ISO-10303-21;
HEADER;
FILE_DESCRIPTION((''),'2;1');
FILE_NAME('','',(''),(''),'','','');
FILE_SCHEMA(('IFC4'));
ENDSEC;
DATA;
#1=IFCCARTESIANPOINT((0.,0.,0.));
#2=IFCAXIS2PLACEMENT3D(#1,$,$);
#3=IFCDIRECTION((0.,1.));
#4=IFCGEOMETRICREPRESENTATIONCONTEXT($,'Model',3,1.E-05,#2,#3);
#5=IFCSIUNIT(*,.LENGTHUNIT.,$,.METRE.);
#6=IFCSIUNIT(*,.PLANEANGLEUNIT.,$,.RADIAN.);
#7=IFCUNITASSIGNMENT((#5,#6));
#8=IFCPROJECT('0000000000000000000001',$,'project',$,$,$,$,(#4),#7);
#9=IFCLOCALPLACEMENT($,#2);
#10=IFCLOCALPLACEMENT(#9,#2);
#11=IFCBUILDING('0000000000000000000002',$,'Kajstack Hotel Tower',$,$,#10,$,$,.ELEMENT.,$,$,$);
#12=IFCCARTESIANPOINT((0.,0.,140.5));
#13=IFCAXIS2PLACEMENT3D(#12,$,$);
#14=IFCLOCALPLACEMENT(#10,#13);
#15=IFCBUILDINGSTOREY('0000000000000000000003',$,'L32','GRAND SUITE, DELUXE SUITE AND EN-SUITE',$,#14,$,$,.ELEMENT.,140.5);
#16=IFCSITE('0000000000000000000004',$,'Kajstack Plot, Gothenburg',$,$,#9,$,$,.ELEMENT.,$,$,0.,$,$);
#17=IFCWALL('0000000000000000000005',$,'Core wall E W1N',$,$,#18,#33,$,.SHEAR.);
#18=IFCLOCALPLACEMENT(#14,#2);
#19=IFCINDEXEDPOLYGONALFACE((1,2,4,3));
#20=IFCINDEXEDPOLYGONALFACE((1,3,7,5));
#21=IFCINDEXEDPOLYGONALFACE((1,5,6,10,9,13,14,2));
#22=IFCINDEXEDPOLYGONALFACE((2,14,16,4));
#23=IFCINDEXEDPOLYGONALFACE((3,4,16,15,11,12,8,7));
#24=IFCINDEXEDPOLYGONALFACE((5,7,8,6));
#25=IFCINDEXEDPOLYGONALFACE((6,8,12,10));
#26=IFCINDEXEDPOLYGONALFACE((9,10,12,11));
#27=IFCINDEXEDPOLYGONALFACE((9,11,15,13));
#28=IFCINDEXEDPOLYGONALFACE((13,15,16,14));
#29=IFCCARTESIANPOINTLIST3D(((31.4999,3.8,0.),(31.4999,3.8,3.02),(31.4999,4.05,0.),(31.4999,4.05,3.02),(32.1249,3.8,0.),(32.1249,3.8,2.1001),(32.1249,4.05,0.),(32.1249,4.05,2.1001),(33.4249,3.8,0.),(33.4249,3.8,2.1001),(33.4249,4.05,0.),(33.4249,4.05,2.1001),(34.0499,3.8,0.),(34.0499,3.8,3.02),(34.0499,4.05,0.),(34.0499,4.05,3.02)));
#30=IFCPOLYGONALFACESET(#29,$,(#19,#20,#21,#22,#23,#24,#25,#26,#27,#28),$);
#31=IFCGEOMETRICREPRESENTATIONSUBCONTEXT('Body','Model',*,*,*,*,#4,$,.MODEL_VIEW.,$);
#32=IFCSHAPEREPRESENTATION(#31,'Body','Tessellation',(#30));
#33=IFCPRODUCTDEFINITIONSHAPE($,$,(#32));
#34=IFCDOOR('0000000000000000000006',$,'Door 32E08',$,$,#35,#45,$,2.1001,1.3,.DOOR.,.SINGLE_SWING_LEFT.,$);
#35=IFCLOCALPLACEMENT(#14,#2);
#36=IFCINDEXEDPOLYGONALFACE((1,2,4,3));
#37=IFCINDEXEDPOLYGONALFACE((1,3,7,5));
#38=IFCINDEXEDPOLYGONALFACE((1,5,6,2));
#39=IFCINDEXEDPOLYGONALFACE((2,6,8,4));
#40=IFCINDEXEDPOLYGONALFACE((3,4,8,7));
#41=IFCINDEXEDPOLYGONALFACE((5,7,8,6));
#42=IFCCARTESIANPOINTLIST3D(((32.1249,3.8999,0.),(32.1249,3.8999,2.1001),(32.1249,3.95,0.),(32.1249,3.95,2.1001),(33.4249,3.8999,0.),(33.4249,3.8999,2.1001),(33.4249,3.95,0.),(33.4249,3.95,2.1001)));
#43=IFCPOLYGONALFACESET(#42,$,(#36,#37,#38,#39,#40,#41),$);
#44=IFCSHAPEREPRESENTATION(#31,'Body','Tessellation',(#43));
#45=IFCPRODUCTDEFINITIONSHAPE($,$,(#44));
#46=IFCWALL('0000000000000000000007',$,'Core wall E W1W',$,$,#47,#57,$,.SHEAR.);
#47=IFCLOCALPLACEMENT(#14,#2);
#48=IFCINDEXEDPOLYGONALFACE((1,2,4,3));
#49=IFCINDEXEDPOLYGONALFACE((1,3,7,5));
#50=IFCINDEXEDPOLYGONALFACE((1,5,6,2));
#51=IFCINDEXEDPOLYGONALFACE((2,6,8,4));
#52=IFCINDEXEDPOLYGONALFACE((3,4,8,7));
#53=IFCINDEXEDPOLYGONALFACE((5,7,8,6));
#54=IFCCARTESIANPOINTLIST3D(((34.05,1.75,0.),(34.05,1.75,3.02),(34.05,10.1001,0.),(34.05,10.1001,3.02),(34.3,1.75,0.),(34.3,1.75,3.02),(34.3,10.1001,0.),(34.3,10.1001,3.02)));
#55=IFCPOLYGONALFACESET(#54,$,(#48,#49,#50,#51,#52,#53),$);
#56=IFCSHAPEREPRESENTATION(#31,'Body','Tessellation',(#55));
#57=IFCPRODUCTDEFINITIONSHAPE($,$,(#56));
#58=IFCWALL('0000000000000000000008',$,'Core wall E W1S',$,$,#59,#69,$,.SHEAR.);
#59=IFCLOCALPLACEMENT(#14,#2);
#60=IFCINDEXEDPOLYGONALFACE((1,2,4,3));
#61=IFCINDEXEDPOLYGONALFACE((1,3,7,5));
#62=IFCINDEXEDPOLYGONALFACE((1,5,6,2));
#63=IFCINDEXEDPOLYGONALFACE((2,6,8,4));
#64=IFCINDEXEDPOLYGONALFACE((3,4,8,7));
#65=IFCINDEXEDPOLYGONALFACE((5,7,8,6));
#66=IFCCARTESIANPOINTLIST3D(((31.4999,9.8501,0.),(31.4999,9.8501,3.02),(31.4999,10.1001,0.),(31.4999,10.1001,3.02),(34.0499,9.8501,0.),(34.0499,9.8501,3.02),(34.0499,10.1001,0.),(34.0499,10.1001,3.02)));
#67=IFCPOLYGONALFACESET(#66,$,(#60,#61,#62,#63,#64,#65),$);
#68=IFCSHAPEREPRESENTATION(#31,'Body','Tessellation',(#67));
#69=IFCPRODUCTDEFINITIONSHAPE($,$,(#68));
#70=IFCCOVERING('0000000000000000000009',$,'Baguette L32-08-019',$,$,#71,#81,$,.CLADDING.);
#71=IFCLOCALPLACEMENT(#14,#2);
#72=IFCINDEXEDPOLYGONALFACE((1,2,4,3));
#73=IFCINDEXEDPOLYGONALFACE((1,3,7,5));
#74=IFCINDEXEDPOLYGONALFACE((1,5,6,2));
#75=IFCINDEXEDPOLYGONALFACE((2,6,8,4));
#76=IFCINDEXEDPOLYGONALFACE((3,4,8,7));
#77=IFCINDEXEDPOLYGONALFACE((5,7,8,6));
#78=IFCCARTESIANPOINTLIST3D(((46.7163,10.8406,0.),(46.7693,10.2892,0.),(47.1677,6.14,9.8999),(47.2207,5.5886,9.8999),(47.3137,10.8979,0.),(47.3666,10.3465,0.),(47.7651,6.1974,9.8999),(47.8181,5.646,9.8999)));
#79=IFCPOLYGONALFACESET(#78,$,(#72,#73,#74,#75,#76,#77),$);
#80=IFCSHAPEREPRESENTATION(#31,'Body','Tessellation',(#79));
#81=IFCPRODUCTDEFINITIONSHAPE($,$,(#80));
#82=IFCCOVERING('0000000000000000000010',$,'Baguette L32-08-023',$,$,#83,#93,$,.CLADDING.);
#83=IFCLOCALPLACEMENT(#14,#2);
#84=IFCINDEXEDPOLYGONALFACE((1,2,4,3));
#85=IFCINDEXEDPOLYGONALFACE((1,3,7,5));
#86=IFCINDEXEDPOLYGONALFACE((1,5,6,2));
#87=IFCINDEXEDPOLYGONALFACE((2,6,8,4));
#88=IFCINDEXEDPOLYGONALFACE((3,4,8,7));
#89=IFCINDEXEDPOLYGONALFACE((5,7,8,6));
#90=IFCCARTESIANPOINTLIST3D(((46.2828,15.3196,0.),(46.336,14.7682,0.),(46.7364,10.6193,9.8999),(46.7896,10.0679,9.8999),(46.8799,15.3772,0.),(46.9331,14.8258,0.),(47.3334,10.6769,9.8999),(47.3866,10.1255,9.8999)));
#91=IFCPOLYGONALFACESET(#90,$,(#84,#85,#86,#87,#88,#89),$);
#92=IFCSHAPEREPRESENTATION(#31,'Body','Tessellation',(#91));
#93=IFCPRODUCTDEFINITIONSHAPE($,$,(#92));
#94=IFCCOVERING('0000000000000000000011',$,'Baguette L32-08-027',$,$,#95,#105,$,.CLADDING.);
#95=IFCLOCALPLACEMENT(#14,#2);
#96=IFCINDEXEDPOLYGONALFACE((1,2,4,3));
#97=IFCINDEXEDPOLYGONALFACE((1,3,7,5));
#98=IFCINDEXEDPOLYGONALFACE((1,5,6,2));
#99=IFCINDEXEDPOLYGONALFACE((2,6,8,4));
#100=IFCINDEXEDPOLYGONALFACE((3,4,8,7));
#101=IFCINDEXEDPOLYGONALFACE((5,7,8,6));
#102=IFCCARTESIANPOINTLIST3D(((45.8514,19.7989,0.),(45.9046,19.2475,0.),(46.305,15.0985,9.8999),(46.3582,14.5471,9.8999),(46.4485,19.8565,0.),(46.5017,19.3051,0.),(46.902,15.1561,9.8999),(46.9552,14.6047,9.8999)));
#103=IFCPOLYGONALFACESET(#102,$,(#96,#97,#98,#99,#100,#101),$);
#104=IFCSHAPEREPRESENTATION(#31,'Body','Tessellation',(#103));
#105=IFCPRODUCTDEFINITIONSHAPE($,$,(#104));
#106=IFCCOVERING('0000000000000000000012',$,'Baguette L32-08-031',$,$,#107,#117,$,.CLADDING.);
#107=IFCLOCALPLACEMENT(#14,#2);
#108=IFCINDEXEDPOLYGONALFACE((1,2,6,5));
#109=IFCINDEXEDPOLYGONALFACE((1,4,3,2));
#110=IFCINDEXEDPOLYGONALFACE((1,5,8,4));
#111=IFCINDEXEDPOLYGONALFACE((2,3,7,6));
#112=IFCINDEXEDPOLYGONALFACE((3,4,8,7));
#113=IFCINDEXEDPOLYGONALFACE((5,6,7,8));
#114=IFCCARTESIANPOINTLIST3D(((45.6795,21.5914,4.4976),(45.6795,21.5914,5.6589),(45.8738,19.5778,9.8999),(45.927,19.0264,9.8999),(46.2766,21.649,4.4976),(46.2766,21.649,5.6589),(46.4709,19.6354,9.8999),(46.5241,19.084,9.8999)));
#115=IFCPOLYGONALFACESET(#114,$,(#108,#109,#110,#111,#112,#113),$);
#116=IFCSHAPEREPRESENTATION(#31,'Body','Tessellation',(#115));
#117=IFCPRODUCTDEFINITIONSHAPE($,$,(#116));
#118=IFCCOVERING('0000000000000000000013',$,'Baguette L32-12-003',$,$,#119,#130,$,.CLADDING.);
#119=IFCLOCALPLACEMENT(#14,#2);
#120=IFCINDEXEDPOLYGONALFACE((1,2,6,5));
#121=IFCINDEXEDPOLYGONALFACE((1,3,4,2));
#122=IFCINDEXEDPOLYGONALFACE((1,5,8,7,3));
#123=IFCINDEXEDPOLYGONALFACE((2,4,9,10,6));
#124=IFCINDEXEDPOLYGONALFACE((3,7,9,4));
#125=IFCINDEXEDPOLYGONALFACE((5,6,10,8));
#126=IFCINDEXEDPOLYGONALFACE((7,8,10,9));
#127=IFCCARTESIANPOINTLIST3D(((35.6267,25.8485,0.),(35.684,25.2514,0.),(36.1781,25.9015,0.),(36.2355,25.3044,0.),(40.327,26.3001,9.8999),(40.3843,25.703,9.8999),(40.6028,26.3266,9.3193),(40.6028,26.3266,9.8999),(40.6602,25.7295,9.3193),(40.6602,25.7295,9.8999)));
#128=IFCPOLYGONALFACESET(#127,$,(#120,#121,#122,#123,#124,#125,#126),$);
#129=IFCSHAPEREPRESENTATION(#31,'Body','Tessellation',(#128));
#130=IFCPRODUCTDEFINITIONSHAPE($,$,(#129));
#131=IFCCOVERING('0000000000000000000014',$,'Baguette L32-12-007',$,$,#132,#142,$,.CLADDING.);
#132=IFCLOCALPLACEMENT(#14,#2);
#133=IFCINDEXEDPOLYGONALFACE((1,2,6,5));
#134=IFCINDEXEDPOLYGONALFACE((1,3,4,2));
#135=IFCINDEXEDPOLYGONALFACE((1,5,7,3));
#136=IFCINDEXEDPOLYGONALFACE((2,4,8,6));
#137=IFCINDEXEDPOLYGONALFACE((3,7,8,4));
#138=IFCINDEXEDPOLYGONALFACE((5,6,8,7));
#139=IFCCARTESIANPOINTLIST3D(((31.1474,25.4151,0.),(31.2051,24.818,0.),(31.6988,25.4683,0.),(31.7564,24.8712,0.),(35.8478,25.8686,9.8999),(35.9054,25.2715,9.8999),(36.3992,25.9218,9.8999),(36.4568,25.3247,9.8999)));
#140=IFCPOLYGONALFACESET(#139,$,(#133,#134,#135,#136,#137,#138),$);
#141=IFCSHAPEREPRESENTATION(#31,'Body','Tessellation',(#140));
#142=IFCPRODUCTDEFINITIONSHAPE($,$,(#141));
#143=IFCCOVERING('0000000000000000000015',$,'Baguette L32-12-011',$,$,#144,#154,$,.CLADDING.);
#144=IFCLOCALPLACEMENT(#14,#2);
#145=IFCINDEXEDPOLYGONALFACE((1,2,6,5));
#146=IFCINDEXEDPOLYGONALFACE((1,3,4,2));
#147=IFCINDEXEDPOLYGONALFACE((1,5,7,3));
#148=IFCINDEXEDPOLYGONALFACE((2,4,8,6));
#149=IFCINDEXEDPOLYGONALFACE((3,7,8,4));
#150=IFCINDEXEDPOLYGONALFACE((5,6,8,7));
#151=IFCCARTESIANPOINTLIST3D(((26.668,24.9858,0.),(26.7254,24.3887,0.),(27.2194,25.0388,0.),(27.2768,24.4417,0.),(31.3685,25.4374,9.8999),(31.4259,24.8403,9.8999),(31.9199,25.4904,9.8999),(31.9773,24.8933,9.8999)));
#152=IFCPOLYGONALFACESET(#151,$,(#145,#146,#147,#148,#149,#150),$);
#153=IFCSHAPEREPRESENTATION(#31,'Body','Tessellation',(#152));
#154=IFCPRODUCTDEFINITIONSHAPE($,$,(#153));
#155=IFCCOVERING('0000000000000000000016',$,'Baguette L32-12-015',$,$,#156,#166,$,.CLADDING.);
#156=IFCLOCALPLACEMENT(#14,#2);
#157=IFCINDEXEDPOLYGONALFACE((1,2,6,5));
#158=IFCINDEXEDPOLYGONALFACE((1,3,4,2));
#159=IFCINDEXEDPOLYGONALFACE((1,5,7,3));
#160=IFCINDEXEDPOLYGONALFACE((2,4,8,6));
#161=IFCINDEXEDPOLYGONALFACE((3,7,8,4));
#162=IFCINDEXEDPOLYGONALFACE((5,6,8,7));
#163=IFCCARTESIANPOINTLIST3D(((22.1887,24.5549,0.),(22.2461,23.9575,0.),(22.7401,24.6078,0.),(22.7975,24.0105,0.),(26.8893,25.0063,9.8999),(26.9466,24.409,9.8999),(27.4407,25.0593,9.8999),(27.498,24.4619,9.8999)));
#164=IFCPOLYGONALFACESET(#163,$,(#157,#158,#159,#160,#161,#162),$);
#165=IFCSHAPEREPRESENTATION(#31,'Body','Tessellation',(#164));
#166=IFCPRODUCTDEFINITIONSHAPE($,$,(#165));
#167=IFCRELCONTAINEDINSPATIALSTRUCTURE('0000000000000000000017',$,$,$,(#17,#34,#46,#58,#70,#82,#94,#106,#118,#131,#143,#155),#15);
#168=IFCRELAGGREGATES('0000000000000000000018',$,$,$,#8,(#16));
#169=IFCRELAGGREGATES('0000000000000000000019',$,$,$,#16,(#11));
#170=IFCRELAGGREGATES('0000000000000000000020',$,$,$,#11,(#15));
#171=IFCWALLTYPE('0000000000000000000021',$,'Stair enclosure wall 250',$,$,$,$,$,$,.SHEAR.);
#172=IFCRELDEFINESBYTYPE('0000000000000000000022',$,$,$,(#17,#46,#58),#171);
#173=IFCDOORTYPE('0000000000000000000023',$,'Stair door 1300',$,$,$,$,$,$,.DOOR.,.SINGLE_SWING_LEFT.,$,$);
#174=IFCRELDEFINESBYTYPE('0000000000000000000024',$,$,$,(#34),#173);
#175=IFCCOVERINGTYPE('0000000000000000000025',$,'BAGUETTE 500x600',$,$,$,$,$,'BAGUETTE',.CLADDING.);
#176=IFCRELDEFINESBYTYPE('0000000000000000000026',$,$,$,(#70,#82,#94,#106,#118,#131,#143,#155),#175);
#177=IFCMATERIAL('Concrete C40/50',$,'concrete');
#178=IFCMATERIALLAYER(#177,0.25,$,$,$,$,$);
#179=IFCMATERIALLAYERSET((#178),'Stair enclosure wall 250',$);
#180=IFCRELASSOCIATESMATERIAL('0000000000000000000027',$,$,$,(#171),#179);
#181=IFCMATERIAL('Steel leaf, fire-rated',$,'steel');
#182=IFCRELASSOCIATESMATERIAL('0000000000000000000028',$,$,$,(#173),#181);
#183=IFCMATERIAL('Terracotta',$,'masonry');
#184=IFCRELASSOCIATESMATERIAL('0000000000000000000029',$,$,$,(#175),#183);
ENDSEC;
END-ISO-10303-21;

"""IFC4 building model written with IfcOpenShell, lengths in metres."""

from ifc_helpers import new_model, si_unit, direction, frame, frame_2d, origin, origin_2d, place, context, subcontext, project, spatial, polyline, rectangle, outline, extrude, material, layer, layer_set, material_profile, profile_set, type_object, element, fill, save


model = new_model("IFC4")

# Units and contexts
model_context = context("Model", 3, precision=1e-05, world=origin(), true_north=direction((0.0, 1.0)))
body_context = subcontext(model_context, "Body", "Model", "MODEL_VIEW")
ifc_project = project(units=[si_unit("LENGTHUNIT", "METRE"), si_unit("PLANEANGLEUNIT", "RADIAN")], contexts=[model_context])

# Site, building, storey
site_placement = place(None, origin())
site = spatial("IfcSite", under=ifc_project, at=site_placement, Name="Kajstack Plot, Gothenburg", CompositionType="ELEMENT", RefElevation=0.0)
building_placement = place(site_placement, origin())
building = spatial("IfcBuilding", under=site, at=building_placement, Name="Kajstack Hotel Tower", CompositionType="ELEMENT")
storey_placement = place(building_placement, frame((0.0, 0.0, 140.5)))
storey = spatial("IfcBuildingStorey", under=building, at=storey_placement, Name="L32", Description="GRAND SUITE, DELUXE SUITE AND EN-SUITE", CompositionType="ELEMENT", Elevation=140.5)

# Shared definitions
ifc_material_1 = material(Name="Concrete C40/50", Category="concrete")

# Wall, opening, door
ifc_layer_1 = layer(ifc_material_1, 0.25)
ifc_layer_set_1 = layer_set([ifc_layer_1], Name="Stair enclosure wall 250")
wall_type_1 = type_object("IfcWallType", Name="Stair enclosure wall 250", PredefinedType="SHEAR", material=ifc_layer_set_1)
wall_1_placement = place(storey_placement, frame((31.5, 3.925, 0.0), z_axis=(0.0, 0.0, 1.0), x_axis=(1.0, 0.0, 0.0)))
wall_1 = element("IfcWall", 1, at=wall_1_placement, inside=storey, type_object=wall_type_1, Name="Core wall E W1N", PredefinedType="SHEAR", context=body_context, shape_type="SweptSolid", body=[
    extrude(rectangle(XDim=2.55, YDim=0.25, at=frame_2d((1.2749, 0.0))), origin(), (0.0, 0.0, 1.0), 3.02),
])
opening_1_placement = place(wall_1_placement, frame((0.625, 0.0, 0.0)))
opening_1 = element("IfcOpeningElement", 2, at=opening_1_placement, cuts=wall_1, PredefinedType="OPENING", context=body_context, shape_type="SweptSolid", body=[
    extrude(rectangle(XDim=1.3, YDim=2.1001, at=frame_2d((0.6499, 1.05))), frame((0.0, 0.135, 0.0), z_axis=(0.0, -1.0, 0.0), x_axis=(1.0, 0.0, 0.0)), (0.0, 0.0, 1.0), 0.27),
])
ifc_material_2 = material(Name="Steel leaf, fire-rated", Category="steel")
door_type_1 = type_object("IfcDoorType", Name="Stair door 1300", OperationType="SINGLE_SWING_LEFT", PredefinedType="DOOR", material=ifc_material_2)
door_1_placement = place(opening_1_placement, origin())
door_1 = element("IfcDoor", 3, at=door_1_placement, inside=storey, type_object=door_type_1, Name="Door 32E08", OperationType="SINGLE_SWING_LEFT", OverallHeight=2.1001, OverallWidth=1.3, PredefinedType="DOOR", context=body_context, shape_type="SweptSolid", body=[
    extrude(rectangle(XDim=1.3, YDim=2.1001, at=frame_2d((0.6499, 1.05))), frame((0.0, 0.0249, 0.0), z_axis=(0.0, -1.0, 0.0), x_axis=(1.0, 0.0, 0.0)), (0.0, 0.0, 1.0), 0.05),
])
fill(opening_1, door_1)

# Walls
wall_2_placement = place(storey_placement, frame((34.175, 1.75, 0.0), z_axis=(0.0, 0.0, 1.0), x_axis=(0.0, 1.0, 0.0)))
element("IfcWall", 4, at=wall_2_placement, inside=storey, type_object=wall_type_1, Name="Core wall E W1W", PredefinedType="SHEAR", context=body_context, shape_type="SweptSolid", body=[
    extrude(rectangle(XDim=8.3501, YDim=0.25, at=frame_2d((4.175, 0.0))), origin(), (0.0, 0.0, 1.0), 3.02),
])
wall_3_placement = place(storey_placement, frame((31.5, 9.9751, 0.0), z_axis=(0.0, 0.0, 1.0), x_axis=(1.0, 0.0, 0.0)))
element("IfcWall", 5, at=wall_3_placement, inside=storey, type_object=wall_type_1, Name="Core wall E W1S", PredefinedType="SHEAR", context=body_context, shape_type="SweptSolid", body=[
    extrude(rectangle(XDim=2.55, YDim=0.25, at=frame_2d((1.2749, 0.0))), origin(), (0.0, 0.0, 1.0), 3.02),
])

# Coverings
ifc_material_3 = material(Name="Terracotta", Category="masonry")
ifc_material_profile = material_profile(ifc_material_3, rectangle(XDim=0.6001, YDim=0.5, at=origin_2d()), Name="Terracotta-clad concrete baguette 500 x 600")
ifc_profile_set = profile_set([ifc_material_profile], Name="Terracotta")
covering_type = type_object("IfcCoveringType", Name="BAGUETTE 500x600", ElementType="BAGUETTE", PredefinedType="CLADDING", material=ifc_profile_set)
covering_1_placement = place(storey_placement, frame((47.2207, 5.5886, 0.0), z_axis=(0.99542, 0.095596, 0.0), x_axis=(-0.095596, 0.99542, 0.0)))
element("IfcCovering", 6, at=covering_1_placement, inside=storey, type_object=covering_type, Name="Baguette L32-08-019", PredefinedType="CLADDING", context=body_context, shape_type="SweptSolid", body=[
    extrude(outline(polyline([(0.0, 9.8999), (4.7222, 0.0), (5.2761, 0.0), (0.554, 9.8999), (0.0, 9.8999)])), origin(), (0.0, 0.0, 1.0), 0.6001),
])
for number, where, z_axis, x_axis, name in (
    (7, (46.7896, 10.0679, 0.0), (0.995378, 0.096038, 0.0), (-0.096038, 0.995378, 0.0), "Baguette L32-08-023"),
    (8, (46.3582, 14.5471, 0.0), (0.995378, 0.096038, 0.0), (-0.096038, 0.995378, 0.0), "Baguette L32-08-027"),
):
    element("IfcCovering", number, at=place(storey_placement, frame(where, z_axis=z_axis, x_axis=x_axis)), inside=storey, type_object=covering_type, Name=name, PredefinedType="CLADDING", context=body_context, shape_type="SweptSolid", body=[
        extrude(outline(polyline([(0.0, 9.8999), (4.7222, 0.0), (5.2761, 0.0), (0.554, 9.8999), (0.0, 9.8999)])), origin(), (0.0, 0.0, 1.0), 0.5999),
    ])
covering_2_placement = place(storey_placement, frame((45.927, 19.0264, 0.0), z_axis=(0.995378, 0.096038, 0.0), x_axis=(-0.096038, 0.995378, 0.0)))
element("IfcCovering", 9, at=covering_2_placement, inside=storey, type_object=covering_type, Name="Baguette L32-08-031", PredefinedType="CLADDING", context=body_context, shape_type="SweptSolid", body=[
    extrude(outline(polyline([(0.0, 9.8999), (2.5769, 4.4976), (2.5769, 5.6589), (0.554, 9.8999), (0.0, 9.8999)])), origin(), (0.0, 0.0, 1.0), 0.5999),
])
covering_3_placement = place(storey_placement, frame((40.6602, 25.7295, 0.0), z_axis=(-0.095635, 0.995416, 0.0), x_axis=(-0.995416, -0.095635, 0.0)))
element("IfcCovering", 10, at=covering_3_placement, inside=storey, type_object=covering_type, Name="Baguette L32-12-003", PredefinedType="CLADDING", context=body_context, shape_type="SweptSolid", body=[
    extrude(outline(polyline([(0.2771, 9.8999), (0.0, 9.8999), (0.0, 9.3193), (4.4451, 0.0), (4.999, 0.0), (0.2771, 9.8999)])), origin(), (0.0, 0.0, 1.0), 0.5999),
])
for number, where, z_axis, x_axis, name in (
    (11, (36.4568, 25.3247, 0.0), (-0.096038, 0.995378, 0.0), (-0.995378, -0.096038, 0.0), "Baguette L32-12-007"),
    (12, (31.9773, 24.8933, 0.0), (-0.095635, 0.995416, 0.0), (-0.995416, -0.095635, 0.0), "Baguette L32-12-011"),
):
    element("IfcCovering", number, at=place(storey_placement, frame(where, z_axis=z_axis, x_axis=x_axis)), inside=storey, type_object=covering_type, Name=name, PredefinedType="CLADDING", context=body_context, shape_type="SweptSolid", body=[
        extrude(outline(polyline([(0.0, 9.8999), (4.7222, 0.0), (5.2761, 0.0), (0.554, 9.8999), (0.0, 9.8999)])), origin(), (0.0, 0.0, 1.0), 0.5999),
    ])
covering_4_placement = place(storey_placement, frame((27.498, 24.4619, 0.0), z_axis=(-0.095596, 0.99542, 0.0), x_axis=(-0.99542, -0.095596, 0.0)))
element("IfcCovering", 13, at=covering_4_placement, inside=storey, type_object=covering_type, Name="Baguette L32-12-015", PredefinedType="CLADDING", context=body_context, shape_type="SweptSolid", body=[
    extrude(outline(polyline([(0.0, 9.8999), (4.7222, 0.0), (5.2761, 0.0), (0.554, 9.8999), (0.0, 9.8999)])), origin(), (0.0, 0.0, 1.0), 0.6001),
])

save(model, "model.ifc")
